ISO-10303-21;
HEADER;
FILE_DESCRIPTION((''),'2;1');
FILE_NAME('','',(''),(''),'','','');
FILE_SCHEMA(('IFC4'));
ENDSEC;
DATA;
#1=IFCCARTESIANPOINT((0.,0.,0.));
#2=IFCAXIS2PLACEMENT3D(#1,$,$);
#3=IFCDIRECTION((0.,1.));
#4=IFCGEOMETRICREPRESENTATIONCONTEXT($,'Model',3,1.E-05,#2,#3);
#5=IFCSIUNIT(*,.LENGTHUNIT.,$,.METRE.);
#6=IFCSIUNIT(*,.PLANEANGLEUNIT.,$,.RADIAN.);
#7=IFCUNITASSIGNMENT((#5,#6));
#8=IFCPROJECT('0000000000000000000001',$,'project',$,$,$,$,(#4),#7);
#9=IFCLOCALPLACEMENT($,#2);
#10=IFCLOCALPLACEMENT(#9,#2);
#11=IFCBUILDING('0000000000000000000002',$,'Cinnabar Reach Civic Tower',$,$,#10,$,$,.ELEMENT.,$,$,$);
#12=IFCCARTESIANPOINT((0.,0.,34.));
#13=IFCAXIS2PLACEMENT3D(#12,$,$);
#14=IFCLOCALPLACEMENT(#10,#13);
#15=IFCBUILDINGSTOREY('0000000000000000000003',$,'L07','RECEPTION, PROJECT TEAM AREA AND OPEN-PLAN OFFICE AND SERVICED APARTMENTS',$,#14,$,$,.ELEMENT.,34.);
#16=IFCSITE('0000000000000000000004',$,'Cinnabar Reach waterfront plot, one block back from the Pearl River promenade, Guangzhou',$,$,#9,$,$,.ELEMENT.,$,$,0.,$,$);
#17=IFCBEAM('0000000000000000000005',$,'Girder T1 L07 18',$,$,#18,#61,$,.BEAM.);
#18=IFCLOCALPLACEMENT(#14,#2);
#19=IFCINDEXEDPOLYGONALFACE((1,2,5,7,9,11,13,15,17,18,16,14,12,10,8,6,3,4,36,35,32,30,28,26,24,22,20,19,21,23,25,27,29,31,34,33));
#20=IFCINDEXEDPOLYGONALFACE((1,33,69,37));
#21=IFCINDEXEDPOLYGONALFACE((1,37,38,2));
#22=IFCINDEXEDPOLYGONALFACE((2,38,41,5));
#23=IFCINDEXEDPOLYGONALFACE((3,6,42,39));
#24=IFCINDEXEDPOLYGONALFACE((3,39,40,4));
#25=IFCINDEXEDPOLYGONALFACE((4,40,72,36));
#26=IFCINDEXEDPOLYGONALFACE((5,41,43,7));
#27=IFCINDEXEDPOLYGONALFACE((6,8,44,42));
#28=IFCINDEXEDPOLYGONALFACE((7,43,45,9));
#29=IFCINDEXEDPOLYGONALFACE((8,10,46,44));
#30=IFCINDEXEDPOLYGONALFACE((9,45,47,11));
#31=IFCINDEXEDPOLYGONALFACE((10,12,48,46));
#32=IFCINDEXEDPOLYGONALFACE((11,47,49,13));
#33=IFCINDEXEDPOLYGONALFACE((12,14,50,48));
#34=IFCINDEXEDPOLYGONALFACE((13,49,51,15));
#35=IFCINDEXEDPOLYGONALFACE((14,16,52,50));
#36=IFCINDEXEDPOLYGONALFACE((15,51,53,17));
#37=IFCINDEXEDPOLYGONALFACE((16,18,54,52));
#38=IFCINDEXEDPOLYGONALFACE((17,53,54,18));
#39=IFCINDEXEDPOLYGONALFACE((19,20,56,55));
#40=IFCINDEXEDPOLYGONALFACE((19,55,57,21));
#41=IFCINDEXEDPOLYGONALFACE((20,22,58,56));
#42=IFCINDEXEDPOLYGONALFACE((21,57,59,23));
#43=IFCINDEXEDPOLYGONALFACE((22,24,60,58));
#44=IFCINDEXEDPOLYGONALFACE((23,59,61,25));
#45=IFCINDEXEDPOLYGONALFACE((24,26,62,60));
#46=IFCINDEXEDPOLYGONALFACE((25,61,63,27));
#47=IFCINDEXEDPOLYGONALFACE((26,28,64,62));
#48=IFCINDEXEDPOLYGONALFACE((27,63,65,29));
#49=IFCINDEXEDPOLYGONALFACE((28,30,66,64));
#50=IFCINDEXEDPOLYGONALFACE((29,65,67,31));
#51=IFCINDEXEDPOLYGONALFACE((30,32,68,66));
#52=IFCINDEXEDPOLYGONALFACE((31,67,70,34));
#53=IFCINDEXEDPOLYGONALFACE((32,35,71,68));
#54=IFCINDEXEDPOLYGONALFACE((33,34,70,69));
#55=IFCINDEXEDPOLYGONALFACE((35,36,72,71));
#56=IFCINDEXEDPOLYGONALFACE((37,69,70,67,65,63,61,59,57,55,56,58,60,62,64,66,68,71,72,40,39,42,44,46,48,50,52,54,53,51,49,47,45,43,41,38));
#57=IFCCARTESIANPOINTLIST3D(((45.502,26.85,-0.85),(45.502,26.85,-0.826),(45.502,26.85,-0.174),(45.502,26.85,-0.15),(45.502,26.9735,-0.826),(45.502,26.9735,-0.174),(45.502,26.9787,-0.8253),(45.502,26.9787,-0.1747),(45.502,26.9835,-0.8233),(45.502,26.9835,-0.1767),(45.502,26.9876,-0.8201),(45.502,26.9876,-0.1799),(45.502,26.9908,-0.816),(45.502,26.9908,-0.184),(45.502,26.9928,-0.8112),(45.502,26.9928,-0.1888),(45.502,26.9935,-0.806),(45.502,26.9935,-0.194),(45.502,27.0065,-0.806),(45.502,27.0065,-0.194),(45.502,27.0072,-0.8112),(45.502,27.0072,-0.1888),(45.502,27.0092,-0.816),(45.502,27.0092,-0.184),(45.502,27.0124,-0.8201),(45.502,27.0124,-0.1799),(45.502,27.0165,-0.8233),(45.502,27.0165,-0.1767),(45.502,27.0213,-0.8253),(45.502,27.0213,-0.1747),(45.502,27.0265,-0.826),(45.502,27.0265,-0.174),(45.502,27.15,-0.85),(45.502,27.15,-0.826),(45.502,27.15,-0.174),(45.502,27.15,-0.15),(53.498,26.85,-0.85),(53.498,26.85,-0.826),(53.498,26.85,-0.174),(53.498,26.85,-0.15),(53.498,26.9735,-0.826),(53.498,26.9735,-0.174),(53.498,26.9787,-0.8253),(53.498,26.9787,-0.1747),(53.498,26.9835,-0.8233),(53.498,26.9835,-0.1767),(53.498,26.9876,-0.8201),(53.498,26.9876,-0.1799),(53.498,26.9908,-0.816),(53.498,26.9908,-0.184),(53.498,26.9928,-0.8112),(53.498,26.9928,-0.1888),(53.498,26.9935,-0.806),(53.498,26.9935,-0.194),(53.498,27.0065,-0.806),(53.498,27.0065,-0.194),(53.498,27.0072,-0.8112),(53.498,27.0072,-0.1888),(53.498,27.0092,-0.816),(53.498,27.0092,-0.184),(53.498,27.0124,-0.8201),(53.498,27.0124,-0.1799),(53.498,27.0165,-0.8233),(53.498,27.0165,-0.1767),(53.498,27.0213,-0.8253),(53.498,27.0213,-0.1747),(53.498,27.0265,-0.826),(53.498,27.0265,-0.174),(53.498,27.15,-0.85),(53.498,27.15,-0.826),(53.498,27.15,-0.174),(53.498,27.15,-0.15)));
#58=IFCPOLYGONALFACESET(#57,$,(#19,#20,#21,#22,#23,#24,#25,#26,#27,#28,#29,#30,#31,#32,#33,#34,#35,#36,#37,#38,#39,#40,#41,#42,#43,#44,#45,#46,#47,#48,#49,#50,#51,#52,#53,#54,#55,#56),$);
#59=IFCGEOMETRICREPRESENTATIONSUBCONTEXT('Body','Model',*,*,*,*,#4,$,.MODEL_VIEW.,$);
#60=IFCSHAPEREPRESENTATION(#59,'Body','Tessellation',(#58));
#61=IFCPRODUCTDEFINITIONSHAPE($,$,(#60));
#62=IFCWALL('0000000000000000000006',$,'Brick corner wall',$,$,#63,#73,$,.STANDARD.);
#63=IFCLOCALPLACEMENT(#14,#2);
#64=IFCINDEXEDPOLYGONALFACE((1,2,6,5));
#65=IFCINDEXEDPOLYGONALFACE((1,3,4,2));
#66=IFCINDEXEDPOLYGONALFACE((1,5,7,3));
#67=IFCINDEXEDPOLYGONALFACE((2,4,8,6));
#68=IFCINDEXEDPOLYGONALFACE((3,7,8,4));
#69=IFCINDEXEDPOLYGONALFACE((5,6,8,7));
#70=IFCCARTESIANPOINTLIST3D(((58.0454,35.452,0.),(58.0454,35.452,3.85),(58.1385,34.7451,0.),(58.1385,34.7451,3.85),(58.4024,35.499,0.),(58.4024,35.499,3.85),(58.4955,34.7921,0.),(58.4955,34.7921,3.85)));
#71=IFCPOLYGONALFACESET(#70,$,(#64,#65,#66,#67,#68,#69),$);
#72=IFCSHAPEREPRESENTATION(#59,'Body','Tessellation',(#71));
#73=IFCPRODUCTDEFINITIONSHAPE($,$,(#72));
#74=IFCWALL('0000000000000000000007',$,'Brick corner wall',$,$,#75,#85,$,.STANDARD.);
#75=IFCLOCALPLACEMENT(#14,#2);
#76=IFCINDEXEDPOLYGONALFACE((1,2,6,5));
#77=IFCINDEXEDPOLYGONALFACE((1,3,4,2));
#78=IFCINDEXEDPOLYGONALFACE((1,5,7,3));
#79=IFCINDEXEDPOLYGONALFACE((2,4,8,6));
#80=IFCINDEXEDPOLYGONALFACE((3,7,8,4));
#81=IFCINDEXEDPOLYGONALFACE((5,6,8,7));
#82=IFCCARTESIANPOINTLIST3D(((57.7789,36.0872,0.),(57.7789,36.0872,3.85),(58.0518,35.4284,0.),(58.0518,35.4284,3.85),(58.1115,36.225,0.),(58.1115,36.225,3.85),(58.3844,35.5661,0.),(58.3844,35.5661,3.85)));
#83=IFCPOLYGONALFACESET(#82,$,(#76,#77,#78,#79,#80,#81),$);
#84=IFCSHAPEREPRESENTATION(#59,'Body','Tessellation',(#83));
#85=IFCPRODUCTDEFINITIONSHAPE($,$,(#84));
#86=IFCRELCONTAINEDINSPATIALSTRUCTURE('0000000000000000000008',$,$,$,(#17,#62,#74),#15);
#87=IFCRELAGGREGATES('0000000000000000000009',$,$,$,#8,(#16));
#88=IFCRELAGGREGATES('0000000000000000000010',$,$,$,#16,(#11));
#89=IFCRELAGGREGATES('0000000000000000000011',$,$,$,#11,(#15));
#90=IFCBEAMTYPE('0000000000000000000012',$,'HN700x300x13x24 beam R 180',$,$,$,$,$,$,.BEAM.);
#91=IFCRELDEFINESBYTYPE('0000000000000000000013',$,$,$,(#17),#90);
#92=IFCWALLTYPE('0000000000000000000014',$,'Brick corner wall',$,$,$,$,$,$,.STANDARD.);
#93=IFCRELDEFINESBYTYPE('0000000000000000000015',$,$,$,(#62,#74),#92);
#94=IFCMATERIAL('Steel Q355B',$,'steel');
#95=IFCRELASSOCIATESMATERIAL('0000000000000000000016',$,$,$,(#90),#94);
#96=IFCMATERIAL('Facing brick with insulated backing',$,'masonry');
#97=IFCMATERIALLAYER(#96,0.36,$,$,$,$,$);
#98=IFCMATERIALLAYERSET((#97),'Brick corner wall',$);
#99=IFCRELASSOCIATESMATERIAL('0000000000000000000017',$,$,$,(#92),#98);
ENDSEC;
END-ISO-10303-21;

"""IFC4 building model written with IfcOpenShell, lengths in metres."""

from ifc_helpers import new_model, si_unit, direction, frame, frame_2d, origin, origin_2d, place, context, subcontext, project, spatial, rectangle, i_section, extrude, material, layer, layer_set, material_profile, profile_set, type_object, element, save


model = new_model("IFC4")

# Units and contexts
model_context = context("Model", 3, precision=1e-05, world=origin(), true_north=direction((0.0, 1.0)))
body_context = subcontext(model_context, "Body", "Model", "MODEL_VIEW")
ifc_project = project(units=[si_unit("LENGTHUNIT", "METRE"), si_unit("PLANEANGLEUNIT", "RADIAN")], contexts=[model_context])

# Site, building, storey
site_placement = place(None, origin())
site = spatial("IfcSite", under=ifc_project, at=site_placement, Name="Cinnabar Reach waterfront plot, one block back from the Pearl River promenade, Guangzhou", CompositionType="ELEMENT", RefElevation=0.0)
building_placement = place(site_placement, origin())
building = spatial("IfcBuilding", under=site, at=building_placement, Name="Cinnabar Reach Civic Tower", CompositionType="ELEMENT")
storey_placement = place(building_placement, frame((0.0, 0.0, 34.0)))
storey = spatial("IfcBuildingStorey", under=building, at=storey_placement, Name="L07", Description="RECEPTION, PROJECT TEAM AREA AND OPEN-PLAN OFFICE AND SERVICED APARTMENTS", CompositionType="ELEMENT", Elevation=34.0)

# Beam
ifc_material_1 = material(Name="Steel Q355B", Category="steel")
ifc_material_profile_1 = material_profile(ifc_material_1, i_section(OverallWidth=0.3, OverallDepth=0.7, WebThickness=0.013, FlangeThickness=0.024, FilletRadius=0.02, at=origin_2d()), Name="HN700x300x13x24")
ifc_profile_set_1 = profile_set([ifc_material_profile_1], Name="Steel Q355B")
beam_type_1 = type_object("IfcBeamType", Name="HN700x300x13x24 beam R 180", PredefinedType="BEAM", material=ifc_profile_set_1)
beam_1_placement = place(storey_placement, frame((45.502, 27.0, -0.5), z_axis=(1.0, 0.0, 0.0), x_axis=(0.0, 1.0, 0.0)))
element("IfcBeam", 1, at=beam_1_placement, inside=storey, type_object=beam_type_1, Name="Girder T1 L07 18", PredefinedType="BEAM", context=body_context, shape_type="SweptSolid", body=[
    extrude(i_section(OverallWidth=0.3, OverallDepth=0.7, WebThickness=0.013, FlangeThickness=0.024, FilletRadius=0.02, at=origin_2d()), origin(), (0.0, 0.0, 1.0), 7.996),
])

# Walls
ifc_material_2 = material(Name="Facing brick with insulated backing", Category="masonry")
ifc_layer = layer(ifc_material_2, 0.36)
ifc_layer_set = layer_set([ifc_layer], Name="Brick corner wall")
wall_type = type_object("IfcWallType", Name="Brick corner wall", PredefinedType="STANDARD", material=ifc_layer_set)
for number, where, z_axis, x_axis, name in (
    (2, (58.317, 34.7686, 0.0), (0.0, 0.0, 1.0), (-0.130556, 0.991441, 0.0), "Brick corner wall"),
    (3, (58.2181, 35.4973, 0.0), (0.0, 0.0, 1.0), (-0.382703, 0.923872, 0.0), "Brick corner wall"),
):
    element("IfcWall", number, at=place(storey_placement, frame(where, z_axis=z_axis, x_axis=x_axis)), inside=storey, type_object=wall_type, Name=name, PredefinedType="STANDARD", context=body_context, shape_type="SweptSolid", body=[
        extrude(rectangle(XDim=0.7131, YDim=0.36, at=frame_2d((0.3565, 0.0))), origin(), (0.0, 0.0, 1.0), 3.85),
    ])

save(model, "model.ifc")
